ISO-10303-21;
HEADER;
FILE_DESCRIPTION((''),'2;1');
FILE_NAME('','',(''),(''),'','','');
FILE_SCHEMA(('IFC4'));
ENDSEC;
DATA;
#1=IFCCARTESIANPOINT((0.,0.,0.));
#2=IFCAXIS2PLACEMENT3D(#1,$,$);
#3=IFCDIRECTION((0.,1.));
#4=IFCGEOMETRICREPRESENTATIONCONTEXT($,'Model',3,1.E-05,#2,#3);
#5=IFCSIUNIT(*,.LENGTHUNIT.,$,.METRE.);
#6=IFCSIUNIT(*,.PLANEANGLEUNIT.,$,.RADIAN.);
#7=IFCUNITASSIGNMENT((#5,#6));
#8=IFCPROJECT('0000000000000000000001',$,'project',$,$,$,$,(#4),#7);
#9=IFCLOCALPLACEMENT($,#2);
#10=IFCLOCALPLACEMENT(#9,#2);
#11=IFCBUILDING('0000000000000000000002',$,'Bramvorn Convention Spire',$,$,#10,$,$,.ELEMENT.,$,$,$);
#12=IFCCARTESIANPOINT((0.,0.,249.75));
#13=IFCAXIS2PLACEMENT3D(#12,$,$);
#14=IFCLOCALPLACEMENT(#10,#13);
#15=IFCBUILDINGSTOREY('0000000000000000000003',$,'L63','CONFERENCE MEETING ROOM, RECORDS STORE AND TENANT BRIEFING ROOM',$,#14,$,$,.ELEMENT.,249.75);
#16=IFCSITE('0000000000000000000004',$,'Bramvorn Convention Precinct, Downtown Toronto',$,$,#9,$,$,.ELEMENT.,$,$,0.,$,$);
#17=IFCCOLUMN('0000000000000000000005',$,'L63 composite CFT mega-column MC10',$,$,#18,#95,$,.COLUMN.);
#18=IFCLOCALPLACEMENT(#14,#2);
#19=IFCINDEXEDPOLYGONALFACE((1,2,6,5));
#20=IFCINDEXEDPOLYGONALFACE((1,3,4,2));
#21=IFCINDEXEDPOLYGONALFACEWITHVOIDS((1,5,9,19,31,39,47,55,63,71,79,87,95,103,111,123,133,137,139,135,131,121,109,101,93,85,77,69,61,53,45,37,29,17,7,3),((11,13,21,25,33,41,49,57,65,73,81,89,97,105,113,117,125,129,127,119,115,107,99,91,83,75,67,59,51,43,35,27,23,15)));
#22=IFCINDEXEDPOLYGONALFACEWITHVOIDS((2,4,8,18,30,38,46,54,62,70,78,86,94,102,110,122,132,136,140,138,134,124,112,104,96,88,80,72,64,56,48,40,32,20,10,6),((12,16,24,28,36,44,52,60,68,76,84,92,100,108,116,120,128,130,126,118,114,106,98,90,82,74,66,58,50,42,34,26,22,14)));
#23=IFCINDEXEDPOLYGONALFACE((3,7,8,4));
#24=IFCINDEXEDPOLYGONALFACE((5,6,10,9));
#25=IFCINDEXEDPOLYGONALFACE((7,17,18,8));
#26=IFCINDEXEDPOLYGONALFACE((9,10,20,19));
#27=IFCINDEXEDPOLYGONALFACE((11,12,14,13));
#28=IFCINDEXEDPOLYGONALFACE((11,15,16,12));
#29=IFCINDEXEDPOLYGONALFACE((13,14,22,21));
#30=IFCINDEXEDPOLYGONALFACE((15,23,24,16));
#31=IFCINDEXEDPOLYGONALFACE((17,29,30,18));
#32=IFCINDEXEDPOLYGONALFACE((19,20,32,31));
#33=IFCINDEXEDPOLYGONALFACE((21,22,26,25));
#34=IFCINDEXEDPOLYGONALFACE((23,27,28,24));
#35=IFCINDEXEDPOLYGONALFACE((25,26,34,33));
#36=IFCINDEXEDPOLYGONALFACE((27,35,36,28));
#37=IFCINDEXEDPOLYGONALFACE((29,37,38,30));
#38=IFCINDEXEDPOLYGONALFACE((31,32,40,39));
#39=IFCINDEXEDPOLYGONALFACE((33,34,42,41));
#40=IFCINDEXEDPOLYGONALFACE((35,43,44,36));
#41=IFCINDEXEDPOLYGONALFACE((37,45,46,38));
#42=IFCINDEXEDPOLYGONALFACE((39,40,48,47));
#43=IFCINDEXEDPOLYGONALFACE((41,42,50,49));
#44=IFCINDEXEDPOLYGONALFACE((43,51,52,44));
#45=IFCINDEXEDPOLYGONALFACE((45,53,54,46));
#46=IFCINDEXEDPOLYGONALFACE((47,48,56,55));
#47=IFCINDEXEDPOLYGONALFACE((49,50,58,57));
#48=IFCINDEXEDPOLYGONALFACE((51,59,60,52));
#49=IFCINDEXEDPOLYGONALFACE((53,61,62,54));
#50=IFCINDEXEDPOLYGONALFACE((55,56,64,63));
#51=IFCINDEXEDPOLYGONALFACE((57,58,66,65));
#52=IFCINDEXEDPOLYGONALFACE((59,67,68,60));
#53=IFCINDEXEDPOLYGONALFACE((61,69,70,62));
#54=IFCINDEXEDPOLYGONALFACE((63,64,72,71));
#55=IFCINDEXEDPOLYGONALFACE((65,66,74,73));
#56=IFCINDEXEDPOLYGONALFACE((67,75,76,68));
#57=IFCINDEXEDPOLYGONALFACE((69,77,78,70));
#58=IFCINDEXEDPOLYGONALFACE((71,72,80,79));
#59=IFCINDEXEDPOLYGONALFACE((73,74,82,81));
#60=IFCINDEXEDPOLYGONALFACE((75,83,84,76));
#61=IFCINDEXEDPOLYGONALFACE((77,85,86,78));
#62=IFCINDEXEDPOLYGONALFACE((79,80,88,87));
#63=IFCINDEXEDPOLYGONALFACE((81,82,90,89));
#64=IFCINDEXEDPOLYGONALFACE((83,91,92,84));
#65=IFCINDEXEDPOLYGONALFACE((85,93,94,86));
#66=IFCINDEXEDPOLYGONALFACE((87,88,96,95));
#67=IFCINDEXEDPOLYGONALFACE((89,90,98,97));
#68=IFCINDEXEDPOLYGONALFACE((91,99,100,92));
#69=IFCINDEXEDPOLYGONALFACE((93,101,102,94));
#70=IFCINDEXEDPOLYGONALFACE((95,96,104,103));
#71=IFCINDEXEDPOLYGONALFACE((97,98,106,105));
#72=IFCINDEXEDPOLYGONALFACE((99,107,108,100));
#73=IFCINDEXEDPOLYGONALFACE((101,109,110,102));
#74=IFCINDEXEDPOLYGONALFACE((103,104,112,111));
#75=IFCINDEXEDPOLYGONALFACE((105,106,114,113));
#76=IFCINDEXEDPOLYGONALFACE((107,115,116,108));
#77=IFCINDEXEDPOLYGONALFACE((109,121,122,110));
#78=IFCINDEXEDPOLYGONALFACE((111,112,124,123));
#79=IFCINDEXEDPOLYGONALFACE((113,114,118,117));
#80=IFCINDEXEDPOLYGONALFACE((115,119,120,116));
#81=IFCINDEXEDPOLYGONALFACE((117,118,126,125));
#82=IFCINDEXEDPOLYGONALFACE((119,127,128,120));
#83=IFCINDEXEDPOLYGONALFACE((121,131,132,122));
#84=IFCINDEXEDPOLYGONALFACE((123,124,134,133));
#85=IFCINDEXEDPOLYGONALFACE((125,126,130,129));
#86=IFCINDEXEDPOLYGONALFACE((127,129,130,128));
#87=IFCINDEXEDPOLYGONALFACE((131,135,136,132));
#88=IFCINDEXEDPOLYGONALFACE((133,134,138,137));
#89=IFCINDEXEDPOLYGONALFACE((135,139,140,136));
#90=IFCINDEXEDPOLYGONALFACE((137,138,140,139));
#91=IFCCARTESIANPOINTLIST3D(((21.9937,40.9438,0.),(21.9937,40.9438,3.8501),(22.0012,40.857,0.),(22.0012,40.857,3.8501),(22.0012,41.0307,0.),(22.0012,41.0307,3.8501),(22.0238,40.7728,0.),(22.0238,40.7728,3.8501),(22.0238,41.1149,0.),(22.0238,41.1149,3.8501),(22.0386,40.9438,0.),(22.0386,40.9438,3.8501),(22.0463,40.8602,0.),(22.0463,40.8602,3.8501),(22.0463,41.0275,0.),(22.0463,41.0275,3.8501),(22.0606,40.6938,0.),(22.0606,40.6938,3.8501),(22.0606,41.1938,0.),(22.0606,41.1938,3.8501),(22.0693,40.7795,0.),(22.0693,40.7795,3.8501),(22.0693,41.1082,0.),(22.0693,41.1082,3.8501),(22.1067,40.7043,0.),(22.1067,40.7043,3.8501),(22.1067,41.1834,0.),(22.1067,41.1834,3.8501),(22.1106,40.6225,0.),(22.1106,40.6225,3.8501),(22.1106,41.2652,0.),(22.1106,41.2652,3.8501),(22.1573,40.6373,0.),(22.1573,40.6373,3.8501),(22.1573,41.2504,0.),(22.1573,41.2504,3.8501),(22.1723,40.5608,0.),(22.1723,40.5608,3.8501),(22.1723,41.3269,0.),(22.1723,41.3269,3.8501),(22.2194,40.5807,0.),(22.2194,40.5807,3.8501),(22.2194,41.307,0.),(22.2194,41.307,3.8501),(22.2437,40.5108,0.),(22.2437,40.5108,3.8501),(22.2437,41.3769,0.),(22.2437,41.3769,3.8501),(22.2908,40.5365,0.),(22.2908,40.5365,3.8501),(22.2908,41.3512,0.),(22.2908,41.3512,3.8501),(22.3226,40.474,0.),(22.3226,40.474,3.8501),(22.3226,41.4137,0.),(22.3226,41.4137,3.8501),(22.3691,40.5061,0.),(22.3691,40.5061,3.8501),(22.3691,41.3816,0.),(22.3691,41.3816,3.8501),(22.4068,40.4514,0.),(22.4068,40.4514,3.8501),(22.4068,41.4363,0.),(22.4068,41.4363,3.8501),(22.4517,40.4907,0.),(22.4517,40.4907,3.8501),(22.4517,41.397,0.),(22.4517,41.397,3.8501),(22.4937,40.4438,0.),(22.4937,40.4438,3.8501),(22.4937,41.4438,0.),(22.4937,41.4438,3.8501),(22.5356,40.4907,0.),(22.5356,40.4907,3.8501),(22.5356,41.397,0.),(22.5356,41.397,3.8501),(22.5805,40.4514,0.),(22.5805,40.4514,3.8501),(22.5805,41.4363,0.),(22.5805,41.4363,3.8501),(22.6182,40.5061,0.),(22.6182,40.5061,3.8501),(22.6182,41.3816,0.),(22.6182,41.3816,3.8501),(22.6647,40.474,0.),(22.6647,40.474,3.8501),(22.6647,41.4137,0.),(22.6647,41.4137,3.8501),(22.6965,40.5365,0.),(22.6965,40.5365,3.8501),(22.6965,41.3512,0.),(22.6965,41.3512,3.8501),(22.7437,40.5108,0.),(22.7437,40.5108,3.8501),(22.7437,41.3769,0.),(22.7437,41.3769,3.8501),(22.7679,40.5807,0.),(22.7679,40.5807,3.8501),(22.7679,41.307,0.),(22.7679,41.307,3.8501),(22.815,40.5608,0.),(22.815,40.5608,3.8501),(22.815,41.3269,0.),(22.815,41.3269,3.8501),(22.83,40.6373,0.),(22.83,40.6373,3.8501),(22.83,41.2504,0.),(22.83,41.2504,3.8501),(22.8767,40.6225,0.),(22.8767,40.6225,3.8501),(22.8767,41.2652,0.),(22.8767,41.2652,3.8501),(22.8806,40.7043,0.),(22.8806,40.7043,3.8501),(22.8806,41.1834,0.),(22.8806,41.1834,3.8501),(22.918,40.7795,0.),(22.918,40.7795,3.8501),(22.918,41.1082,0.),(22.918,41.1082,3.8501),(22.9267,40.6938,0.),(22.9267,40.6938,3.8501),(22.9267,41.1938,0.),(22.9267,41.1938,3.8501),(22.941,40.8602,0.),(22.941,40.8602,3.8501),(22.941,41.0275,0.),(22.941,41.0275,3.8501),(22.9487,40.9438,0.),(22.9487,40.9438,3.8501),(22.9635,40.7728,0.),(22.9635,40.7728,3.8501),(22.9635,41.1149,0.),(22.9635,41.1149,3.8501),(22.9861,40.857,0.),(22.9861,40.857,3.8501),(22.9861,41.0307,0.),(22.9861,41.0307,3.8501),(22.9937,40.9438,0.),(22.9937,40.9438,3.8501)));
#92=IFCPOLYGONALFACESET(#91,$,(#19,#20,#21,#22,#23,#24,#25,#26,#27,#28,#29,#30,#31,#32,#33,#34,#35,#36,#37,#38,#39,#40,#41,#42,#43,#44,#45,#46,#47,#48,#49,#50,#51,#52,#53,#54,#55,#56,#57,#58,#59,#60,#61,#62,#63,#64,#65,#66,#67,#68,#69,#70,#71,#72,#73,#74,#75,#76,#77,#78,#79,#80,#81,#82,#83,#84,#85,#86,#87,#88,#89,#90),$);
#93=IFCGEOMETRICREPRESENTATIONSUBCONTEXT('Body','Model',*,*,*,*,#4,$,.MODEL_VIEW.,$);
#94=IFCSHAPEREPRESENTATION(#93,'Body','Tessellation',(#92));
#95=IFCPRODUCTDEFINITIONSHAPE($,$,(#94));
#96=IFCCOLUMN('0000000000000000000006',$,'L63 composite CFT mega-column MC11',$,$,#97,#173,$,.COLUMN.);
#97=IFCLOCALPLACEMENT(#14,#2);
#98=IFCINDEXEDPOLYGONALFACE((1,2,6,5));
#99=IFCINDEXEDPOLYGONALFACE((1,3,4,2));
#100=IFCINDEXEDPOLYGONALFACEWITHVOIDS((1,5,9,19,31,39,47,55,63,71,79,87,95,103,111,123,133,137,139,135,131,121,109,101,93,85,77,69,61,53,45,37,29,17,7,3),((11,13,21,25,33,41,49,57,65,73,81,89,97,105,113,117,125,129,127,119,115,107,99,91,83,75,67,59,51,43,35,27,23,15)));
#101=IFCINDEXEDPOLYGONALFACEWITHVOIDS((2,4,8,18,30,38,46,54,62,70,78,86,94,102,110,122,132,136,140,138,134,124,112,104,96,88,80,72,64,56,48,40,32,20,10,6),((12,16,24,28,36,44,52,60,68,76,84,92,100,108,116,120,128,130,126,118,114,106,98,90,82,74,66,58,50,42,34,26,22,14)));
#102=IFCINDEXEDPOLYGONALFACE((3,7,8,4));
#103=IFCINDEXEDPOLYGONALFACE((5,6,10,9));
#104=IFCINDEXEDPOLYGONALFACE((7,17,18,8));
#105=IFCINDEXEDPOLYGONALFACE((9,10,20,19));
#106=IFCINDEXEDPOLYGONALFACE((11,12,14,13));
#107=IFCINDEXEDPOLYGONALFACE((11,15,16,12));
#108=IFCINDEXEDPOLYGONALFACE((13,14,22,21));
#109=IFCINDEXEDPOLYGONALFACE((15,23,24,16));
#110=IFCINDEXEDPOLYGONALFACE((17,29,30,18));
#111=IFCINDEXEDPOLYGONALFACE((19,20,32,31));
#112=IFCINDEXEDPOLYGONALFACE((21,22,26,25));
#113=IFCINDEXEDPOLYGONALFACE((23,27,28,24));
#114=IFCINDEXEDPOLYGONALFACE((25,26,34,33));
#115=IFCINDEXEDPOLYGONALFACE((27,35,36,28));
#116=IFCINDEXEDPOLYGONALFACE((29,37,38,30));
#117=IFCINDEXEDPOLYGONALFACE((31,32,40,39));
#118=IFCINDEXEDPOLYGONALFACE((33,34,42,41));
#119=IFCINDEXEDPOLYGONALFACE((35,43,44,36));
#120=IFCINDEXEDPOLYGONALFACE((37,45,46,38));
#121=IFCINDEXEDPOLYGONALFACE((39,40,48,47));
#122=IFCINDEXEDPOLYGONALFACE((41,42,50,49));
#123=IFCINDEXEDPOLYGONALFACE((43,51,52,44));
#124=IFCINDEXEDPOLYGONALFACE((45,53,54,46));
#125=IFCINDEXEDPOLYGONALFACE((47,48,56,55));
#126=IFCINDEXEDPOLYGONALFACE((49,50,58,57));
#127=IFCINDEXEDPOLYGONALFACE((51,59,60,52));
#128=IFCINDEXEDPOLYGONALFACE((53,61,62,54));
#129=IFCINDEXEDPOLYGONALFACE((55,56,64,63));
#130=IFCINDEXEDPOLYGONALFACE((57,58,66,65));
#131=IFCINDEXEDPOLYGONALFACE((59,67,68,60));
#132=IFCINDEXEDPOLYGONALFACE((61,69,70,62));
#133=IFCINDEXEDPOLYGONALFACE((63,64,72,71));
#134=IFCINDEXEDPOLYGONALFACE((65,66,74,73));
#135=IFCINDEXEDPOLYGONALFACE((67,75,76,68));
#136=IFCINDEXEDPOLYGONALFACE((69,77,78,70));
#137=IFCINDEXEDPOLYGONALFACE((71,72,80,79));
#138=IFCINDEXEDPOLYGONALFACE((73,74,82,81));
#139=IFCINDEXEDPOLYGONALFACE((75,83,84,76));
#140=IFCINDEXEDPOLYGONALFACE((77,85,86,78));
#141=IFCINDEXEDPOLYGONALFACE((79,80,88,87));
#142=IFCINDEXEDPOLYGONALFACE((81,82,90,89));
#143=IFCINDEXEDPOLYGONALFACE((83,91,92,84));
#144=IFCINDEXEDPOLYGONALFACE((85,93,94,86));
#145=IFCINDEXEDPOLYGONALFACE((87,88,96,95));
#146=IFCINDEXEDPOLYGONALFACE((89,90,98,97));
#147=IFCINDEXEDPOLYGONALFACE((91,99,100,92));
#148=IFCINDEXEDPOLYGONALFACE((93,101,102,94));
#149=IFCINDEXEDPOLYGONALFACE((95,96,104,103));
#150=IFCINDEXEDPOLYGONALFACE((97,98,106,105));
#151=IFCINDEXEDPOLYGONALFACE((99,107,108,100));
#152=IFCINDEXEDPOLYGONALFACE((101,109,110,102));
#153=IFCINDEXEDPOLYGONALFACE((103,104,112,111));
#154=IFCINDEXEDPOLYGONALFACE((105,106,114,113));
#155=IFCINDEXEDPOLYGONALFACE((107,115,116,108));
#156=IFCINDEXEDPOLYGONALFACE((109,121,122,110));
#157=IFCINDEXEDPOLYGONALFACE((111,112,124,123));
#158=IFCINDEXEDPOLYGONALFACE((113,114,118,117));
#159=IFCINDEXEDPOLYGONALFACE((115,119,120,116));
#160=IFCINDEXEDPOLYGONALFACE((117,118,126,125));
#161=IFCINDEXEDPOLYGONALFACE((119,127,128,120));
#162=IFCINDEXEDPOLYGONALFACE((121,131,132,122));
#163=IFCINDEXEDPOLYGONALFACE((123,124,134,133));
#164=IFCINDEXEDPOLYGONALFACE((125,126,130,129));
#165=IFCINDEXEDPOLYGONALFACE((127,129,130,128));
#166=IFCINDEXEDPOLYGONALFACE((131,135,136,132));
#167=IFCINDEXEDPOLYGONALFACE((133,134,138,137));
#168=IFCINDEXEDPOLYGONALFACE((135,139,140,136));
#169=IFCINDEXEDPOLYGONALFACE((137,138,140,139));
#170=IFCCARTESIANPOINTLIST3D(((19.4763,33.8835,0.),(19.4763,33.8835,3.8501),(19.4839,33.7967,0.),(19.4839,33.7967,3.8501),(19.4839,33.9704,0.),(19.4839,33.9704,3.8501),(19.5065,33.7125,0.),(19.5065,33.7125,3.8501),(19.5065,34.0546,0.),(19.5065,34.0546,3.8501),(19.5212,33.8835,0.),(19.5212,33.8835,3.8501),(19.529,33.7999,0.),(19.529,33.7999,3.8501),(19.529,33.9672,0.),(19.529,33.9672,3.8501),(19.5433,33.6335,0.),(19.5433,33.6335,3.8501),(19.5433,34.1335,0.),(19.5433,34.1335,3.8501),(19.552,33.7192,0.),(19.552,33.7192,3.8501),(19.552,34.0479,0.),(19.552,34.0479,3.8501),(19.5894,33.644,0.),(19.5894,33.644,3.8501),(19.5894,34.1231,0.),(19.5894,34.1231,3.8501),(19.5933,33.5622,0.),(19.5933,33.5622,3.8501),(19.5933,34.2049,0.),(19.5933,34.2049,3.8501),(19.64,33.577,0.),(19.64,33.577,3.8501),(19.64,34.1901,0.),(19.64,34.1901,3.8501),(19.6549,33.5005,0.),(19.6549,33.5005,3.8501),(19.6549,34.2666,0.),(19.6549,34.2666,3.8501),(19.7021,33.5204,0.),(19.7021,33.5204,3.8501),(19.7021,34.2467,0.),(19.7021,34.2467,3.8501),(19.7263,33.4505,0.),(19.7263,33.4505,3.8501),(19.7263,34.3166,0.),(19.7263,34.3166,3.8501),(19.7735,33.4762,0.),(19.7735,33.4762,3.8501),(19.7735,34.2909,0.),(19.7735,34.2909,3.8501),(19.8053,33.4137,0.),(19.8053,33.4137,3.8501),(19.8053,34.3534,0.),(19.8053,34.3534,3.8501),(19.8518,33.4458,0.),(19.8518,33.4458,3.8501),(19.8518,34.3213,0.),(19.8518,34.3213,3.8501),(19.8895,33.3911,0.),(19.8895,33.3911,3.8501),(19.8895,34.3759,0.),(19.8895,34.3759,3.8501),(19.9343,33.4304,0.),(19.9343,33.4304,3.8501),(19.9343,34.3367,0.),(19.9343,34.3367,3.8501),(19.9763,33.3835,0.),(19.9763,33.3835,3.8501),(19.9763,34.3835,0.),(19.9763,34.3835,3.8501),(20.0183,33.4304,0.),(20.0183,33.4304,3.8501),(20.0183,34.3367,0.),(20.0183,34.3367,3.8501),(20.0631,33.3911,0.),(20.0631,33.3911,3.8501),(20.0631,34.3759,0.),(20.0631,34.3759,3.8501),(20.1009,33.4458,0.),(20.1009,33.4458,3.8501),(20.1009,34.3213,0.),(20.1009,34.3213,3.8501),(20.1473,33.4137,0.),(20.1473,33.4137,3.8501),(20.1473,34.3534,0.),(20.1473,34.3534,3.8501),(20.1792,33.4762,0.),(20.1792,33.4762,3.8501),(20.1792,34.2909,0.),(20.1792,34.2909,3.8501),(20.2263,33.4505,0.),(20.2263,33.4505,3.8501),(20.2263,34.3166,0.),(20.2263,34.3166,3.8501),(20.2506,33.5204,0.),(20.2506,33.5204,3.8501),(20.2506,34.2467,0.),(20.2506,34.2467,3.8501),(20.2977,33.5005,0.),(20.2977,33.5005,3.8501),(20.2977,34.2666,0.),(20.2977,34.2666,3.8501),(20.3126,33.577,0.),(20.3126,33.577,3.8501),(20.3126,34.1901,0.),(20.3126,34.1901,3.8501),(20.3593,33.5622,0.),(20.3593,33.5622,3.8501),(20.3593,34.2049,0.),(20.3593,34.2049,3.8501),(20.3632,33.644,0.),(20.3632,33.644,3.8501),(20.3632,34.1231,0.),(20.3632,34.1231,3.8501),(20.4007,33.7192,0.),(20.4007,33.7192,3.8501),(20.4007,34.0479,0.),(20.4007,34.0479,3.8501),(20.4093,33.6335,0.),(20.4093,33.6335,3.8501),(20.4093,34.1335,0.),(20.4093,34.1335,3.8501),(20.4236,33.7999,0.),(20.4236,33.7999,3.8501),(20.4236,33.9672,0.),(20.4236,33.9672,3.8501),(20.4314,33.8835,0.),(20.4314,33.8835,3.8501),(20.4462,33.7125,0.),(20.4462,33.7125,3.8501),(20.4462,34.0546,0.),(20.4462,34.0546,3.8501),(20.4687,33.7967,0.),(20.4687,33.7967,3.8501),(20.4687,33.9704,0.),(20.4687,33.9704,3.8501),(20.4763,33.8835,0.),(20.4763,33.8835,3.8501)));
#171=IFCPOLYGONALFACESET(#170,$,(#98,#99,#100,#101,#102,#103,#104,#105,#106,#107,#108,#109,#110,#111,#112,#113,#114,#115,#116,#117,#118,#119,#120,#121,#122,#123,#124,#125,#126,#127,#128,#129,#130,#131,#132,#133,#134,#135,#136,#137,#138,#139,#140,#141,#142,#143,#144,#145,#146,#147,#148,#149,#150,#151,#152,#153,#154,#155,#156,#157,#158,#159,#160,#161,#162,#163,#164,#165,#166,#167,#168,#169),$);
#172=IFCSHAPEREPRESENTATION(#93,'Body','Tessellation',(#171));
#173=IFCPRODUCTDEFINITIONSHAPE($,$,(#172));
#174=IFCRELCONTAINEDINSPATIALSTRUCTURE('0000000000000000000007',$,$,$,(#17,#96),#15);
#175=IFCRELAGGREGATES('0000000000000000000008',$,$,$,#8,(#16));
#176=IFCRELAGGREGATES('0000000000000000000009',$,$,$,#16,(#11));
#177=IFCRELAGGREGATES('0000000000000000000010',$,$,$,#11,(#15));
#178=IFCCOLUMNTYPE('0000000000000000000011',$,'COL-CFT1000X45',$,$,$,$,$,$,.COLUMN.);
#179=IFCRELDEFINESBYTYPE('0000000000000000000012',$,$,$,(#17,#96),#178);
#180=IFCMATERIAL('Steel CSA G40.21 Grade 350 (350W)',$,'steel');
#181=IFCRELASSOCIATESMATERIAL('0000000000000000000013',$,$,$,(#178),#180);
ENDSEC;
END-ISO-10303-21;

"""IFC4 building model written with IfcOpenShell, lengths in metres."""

from ifc_helpers import new_model, si_unit, direction, frame, origin, origin_2d, place, context, subcontext, project, spatial, hollow_circle, extrude, material, material_profile, profile_set, type_object, element, save


model = new_model("IFC4")

# Units and contexts
model_context = context("Model", 3, precision=1e-05, world=origin(), true_north=direction((0.0, 1.0)))
body_context = subcontext(model_context, "Body", "Model", "MODEL_VIEW")
ifc_project = project(units=[si_unit("LENGTHUNIT", "METRE"), si_unit("PLANEANGLEUNIT", "RADIAN")], contexts=[model_context])

# Site, building, storey
site_placement = place(None, origin())
site = spatial("IfcSite", under=ifc_project, at=site_placement, Name="Bramvorn Convention Precinct, Downtown Toronto", CompositionType="ELEMENT", RefElevation=0.0)
building_placement = place(site_placement, origin())
building = spatial("IfcBuilding", under=site, at=building_placement, Name="Bramvorn Convention Spire", CompositionType="ELEMENT")
storey_placement = place(building_placement, frame((0.0, 0.0, 249.75)))
storey = spatial("IfcBuildingStorey", under=building, at=storey_placement, Name="L63", Description="CONFERENCE MEETING ROOM, RECORDS STORE AND TENANT BRIEFING ROOM", CompositionType="ELEMENT", Elevation=249.75)

# Columns
ifc_material_1 = material(Name="Steel CSA G40.21 Grade 350 (350W)", Category="steel")
ifc_material_profile_1 = material_profile(ifc_material_1, hollow_circle(Radius=0.5, WallThickness=0.0449, at=origin_2d()))
ifc_profile_set_1 = profile_set([ifc_material_profile_1], Name="Steel CSA G40.21 Grade 350 (350W) - CFT1000X45")
column_type = type_object("IfcColumnType", Name="COL-CFT1000X45", PredefinedType="COLUMN", material=ifc_profile_set_1)
for number, where, z_axis, x_axis, name in (
    (1, (22.4937, 40.9438, 0.0), (0.0, 0.0, 1.0), (1.0, 0.0, 0.0), "L63 composite CFT mega-column MC10"),
    (2, (19.9763, 33.8835, 0.0), (0.0, 0.0, 1.0), (1.0, 0.0, 0.0), "L63 composite CFT mega-column MC11"),
):
    element("IfcColumn", number, at=place(storey_placement, frame(where, z_axis=z_axis, x_axis=x_axis)), inside=storey, type_object=column_type, Name=name, PredefinedType="COLUMN", context=body_context, shape_type="SweptSolid", body=[
        extrude(hollow_circle(Radius=0.5, WallThickness=0.0449, at=origin_2d()), origin(), (0.0, 0.0, 1.0), 3.8501),
    ])

save(model, "model.ifc")
